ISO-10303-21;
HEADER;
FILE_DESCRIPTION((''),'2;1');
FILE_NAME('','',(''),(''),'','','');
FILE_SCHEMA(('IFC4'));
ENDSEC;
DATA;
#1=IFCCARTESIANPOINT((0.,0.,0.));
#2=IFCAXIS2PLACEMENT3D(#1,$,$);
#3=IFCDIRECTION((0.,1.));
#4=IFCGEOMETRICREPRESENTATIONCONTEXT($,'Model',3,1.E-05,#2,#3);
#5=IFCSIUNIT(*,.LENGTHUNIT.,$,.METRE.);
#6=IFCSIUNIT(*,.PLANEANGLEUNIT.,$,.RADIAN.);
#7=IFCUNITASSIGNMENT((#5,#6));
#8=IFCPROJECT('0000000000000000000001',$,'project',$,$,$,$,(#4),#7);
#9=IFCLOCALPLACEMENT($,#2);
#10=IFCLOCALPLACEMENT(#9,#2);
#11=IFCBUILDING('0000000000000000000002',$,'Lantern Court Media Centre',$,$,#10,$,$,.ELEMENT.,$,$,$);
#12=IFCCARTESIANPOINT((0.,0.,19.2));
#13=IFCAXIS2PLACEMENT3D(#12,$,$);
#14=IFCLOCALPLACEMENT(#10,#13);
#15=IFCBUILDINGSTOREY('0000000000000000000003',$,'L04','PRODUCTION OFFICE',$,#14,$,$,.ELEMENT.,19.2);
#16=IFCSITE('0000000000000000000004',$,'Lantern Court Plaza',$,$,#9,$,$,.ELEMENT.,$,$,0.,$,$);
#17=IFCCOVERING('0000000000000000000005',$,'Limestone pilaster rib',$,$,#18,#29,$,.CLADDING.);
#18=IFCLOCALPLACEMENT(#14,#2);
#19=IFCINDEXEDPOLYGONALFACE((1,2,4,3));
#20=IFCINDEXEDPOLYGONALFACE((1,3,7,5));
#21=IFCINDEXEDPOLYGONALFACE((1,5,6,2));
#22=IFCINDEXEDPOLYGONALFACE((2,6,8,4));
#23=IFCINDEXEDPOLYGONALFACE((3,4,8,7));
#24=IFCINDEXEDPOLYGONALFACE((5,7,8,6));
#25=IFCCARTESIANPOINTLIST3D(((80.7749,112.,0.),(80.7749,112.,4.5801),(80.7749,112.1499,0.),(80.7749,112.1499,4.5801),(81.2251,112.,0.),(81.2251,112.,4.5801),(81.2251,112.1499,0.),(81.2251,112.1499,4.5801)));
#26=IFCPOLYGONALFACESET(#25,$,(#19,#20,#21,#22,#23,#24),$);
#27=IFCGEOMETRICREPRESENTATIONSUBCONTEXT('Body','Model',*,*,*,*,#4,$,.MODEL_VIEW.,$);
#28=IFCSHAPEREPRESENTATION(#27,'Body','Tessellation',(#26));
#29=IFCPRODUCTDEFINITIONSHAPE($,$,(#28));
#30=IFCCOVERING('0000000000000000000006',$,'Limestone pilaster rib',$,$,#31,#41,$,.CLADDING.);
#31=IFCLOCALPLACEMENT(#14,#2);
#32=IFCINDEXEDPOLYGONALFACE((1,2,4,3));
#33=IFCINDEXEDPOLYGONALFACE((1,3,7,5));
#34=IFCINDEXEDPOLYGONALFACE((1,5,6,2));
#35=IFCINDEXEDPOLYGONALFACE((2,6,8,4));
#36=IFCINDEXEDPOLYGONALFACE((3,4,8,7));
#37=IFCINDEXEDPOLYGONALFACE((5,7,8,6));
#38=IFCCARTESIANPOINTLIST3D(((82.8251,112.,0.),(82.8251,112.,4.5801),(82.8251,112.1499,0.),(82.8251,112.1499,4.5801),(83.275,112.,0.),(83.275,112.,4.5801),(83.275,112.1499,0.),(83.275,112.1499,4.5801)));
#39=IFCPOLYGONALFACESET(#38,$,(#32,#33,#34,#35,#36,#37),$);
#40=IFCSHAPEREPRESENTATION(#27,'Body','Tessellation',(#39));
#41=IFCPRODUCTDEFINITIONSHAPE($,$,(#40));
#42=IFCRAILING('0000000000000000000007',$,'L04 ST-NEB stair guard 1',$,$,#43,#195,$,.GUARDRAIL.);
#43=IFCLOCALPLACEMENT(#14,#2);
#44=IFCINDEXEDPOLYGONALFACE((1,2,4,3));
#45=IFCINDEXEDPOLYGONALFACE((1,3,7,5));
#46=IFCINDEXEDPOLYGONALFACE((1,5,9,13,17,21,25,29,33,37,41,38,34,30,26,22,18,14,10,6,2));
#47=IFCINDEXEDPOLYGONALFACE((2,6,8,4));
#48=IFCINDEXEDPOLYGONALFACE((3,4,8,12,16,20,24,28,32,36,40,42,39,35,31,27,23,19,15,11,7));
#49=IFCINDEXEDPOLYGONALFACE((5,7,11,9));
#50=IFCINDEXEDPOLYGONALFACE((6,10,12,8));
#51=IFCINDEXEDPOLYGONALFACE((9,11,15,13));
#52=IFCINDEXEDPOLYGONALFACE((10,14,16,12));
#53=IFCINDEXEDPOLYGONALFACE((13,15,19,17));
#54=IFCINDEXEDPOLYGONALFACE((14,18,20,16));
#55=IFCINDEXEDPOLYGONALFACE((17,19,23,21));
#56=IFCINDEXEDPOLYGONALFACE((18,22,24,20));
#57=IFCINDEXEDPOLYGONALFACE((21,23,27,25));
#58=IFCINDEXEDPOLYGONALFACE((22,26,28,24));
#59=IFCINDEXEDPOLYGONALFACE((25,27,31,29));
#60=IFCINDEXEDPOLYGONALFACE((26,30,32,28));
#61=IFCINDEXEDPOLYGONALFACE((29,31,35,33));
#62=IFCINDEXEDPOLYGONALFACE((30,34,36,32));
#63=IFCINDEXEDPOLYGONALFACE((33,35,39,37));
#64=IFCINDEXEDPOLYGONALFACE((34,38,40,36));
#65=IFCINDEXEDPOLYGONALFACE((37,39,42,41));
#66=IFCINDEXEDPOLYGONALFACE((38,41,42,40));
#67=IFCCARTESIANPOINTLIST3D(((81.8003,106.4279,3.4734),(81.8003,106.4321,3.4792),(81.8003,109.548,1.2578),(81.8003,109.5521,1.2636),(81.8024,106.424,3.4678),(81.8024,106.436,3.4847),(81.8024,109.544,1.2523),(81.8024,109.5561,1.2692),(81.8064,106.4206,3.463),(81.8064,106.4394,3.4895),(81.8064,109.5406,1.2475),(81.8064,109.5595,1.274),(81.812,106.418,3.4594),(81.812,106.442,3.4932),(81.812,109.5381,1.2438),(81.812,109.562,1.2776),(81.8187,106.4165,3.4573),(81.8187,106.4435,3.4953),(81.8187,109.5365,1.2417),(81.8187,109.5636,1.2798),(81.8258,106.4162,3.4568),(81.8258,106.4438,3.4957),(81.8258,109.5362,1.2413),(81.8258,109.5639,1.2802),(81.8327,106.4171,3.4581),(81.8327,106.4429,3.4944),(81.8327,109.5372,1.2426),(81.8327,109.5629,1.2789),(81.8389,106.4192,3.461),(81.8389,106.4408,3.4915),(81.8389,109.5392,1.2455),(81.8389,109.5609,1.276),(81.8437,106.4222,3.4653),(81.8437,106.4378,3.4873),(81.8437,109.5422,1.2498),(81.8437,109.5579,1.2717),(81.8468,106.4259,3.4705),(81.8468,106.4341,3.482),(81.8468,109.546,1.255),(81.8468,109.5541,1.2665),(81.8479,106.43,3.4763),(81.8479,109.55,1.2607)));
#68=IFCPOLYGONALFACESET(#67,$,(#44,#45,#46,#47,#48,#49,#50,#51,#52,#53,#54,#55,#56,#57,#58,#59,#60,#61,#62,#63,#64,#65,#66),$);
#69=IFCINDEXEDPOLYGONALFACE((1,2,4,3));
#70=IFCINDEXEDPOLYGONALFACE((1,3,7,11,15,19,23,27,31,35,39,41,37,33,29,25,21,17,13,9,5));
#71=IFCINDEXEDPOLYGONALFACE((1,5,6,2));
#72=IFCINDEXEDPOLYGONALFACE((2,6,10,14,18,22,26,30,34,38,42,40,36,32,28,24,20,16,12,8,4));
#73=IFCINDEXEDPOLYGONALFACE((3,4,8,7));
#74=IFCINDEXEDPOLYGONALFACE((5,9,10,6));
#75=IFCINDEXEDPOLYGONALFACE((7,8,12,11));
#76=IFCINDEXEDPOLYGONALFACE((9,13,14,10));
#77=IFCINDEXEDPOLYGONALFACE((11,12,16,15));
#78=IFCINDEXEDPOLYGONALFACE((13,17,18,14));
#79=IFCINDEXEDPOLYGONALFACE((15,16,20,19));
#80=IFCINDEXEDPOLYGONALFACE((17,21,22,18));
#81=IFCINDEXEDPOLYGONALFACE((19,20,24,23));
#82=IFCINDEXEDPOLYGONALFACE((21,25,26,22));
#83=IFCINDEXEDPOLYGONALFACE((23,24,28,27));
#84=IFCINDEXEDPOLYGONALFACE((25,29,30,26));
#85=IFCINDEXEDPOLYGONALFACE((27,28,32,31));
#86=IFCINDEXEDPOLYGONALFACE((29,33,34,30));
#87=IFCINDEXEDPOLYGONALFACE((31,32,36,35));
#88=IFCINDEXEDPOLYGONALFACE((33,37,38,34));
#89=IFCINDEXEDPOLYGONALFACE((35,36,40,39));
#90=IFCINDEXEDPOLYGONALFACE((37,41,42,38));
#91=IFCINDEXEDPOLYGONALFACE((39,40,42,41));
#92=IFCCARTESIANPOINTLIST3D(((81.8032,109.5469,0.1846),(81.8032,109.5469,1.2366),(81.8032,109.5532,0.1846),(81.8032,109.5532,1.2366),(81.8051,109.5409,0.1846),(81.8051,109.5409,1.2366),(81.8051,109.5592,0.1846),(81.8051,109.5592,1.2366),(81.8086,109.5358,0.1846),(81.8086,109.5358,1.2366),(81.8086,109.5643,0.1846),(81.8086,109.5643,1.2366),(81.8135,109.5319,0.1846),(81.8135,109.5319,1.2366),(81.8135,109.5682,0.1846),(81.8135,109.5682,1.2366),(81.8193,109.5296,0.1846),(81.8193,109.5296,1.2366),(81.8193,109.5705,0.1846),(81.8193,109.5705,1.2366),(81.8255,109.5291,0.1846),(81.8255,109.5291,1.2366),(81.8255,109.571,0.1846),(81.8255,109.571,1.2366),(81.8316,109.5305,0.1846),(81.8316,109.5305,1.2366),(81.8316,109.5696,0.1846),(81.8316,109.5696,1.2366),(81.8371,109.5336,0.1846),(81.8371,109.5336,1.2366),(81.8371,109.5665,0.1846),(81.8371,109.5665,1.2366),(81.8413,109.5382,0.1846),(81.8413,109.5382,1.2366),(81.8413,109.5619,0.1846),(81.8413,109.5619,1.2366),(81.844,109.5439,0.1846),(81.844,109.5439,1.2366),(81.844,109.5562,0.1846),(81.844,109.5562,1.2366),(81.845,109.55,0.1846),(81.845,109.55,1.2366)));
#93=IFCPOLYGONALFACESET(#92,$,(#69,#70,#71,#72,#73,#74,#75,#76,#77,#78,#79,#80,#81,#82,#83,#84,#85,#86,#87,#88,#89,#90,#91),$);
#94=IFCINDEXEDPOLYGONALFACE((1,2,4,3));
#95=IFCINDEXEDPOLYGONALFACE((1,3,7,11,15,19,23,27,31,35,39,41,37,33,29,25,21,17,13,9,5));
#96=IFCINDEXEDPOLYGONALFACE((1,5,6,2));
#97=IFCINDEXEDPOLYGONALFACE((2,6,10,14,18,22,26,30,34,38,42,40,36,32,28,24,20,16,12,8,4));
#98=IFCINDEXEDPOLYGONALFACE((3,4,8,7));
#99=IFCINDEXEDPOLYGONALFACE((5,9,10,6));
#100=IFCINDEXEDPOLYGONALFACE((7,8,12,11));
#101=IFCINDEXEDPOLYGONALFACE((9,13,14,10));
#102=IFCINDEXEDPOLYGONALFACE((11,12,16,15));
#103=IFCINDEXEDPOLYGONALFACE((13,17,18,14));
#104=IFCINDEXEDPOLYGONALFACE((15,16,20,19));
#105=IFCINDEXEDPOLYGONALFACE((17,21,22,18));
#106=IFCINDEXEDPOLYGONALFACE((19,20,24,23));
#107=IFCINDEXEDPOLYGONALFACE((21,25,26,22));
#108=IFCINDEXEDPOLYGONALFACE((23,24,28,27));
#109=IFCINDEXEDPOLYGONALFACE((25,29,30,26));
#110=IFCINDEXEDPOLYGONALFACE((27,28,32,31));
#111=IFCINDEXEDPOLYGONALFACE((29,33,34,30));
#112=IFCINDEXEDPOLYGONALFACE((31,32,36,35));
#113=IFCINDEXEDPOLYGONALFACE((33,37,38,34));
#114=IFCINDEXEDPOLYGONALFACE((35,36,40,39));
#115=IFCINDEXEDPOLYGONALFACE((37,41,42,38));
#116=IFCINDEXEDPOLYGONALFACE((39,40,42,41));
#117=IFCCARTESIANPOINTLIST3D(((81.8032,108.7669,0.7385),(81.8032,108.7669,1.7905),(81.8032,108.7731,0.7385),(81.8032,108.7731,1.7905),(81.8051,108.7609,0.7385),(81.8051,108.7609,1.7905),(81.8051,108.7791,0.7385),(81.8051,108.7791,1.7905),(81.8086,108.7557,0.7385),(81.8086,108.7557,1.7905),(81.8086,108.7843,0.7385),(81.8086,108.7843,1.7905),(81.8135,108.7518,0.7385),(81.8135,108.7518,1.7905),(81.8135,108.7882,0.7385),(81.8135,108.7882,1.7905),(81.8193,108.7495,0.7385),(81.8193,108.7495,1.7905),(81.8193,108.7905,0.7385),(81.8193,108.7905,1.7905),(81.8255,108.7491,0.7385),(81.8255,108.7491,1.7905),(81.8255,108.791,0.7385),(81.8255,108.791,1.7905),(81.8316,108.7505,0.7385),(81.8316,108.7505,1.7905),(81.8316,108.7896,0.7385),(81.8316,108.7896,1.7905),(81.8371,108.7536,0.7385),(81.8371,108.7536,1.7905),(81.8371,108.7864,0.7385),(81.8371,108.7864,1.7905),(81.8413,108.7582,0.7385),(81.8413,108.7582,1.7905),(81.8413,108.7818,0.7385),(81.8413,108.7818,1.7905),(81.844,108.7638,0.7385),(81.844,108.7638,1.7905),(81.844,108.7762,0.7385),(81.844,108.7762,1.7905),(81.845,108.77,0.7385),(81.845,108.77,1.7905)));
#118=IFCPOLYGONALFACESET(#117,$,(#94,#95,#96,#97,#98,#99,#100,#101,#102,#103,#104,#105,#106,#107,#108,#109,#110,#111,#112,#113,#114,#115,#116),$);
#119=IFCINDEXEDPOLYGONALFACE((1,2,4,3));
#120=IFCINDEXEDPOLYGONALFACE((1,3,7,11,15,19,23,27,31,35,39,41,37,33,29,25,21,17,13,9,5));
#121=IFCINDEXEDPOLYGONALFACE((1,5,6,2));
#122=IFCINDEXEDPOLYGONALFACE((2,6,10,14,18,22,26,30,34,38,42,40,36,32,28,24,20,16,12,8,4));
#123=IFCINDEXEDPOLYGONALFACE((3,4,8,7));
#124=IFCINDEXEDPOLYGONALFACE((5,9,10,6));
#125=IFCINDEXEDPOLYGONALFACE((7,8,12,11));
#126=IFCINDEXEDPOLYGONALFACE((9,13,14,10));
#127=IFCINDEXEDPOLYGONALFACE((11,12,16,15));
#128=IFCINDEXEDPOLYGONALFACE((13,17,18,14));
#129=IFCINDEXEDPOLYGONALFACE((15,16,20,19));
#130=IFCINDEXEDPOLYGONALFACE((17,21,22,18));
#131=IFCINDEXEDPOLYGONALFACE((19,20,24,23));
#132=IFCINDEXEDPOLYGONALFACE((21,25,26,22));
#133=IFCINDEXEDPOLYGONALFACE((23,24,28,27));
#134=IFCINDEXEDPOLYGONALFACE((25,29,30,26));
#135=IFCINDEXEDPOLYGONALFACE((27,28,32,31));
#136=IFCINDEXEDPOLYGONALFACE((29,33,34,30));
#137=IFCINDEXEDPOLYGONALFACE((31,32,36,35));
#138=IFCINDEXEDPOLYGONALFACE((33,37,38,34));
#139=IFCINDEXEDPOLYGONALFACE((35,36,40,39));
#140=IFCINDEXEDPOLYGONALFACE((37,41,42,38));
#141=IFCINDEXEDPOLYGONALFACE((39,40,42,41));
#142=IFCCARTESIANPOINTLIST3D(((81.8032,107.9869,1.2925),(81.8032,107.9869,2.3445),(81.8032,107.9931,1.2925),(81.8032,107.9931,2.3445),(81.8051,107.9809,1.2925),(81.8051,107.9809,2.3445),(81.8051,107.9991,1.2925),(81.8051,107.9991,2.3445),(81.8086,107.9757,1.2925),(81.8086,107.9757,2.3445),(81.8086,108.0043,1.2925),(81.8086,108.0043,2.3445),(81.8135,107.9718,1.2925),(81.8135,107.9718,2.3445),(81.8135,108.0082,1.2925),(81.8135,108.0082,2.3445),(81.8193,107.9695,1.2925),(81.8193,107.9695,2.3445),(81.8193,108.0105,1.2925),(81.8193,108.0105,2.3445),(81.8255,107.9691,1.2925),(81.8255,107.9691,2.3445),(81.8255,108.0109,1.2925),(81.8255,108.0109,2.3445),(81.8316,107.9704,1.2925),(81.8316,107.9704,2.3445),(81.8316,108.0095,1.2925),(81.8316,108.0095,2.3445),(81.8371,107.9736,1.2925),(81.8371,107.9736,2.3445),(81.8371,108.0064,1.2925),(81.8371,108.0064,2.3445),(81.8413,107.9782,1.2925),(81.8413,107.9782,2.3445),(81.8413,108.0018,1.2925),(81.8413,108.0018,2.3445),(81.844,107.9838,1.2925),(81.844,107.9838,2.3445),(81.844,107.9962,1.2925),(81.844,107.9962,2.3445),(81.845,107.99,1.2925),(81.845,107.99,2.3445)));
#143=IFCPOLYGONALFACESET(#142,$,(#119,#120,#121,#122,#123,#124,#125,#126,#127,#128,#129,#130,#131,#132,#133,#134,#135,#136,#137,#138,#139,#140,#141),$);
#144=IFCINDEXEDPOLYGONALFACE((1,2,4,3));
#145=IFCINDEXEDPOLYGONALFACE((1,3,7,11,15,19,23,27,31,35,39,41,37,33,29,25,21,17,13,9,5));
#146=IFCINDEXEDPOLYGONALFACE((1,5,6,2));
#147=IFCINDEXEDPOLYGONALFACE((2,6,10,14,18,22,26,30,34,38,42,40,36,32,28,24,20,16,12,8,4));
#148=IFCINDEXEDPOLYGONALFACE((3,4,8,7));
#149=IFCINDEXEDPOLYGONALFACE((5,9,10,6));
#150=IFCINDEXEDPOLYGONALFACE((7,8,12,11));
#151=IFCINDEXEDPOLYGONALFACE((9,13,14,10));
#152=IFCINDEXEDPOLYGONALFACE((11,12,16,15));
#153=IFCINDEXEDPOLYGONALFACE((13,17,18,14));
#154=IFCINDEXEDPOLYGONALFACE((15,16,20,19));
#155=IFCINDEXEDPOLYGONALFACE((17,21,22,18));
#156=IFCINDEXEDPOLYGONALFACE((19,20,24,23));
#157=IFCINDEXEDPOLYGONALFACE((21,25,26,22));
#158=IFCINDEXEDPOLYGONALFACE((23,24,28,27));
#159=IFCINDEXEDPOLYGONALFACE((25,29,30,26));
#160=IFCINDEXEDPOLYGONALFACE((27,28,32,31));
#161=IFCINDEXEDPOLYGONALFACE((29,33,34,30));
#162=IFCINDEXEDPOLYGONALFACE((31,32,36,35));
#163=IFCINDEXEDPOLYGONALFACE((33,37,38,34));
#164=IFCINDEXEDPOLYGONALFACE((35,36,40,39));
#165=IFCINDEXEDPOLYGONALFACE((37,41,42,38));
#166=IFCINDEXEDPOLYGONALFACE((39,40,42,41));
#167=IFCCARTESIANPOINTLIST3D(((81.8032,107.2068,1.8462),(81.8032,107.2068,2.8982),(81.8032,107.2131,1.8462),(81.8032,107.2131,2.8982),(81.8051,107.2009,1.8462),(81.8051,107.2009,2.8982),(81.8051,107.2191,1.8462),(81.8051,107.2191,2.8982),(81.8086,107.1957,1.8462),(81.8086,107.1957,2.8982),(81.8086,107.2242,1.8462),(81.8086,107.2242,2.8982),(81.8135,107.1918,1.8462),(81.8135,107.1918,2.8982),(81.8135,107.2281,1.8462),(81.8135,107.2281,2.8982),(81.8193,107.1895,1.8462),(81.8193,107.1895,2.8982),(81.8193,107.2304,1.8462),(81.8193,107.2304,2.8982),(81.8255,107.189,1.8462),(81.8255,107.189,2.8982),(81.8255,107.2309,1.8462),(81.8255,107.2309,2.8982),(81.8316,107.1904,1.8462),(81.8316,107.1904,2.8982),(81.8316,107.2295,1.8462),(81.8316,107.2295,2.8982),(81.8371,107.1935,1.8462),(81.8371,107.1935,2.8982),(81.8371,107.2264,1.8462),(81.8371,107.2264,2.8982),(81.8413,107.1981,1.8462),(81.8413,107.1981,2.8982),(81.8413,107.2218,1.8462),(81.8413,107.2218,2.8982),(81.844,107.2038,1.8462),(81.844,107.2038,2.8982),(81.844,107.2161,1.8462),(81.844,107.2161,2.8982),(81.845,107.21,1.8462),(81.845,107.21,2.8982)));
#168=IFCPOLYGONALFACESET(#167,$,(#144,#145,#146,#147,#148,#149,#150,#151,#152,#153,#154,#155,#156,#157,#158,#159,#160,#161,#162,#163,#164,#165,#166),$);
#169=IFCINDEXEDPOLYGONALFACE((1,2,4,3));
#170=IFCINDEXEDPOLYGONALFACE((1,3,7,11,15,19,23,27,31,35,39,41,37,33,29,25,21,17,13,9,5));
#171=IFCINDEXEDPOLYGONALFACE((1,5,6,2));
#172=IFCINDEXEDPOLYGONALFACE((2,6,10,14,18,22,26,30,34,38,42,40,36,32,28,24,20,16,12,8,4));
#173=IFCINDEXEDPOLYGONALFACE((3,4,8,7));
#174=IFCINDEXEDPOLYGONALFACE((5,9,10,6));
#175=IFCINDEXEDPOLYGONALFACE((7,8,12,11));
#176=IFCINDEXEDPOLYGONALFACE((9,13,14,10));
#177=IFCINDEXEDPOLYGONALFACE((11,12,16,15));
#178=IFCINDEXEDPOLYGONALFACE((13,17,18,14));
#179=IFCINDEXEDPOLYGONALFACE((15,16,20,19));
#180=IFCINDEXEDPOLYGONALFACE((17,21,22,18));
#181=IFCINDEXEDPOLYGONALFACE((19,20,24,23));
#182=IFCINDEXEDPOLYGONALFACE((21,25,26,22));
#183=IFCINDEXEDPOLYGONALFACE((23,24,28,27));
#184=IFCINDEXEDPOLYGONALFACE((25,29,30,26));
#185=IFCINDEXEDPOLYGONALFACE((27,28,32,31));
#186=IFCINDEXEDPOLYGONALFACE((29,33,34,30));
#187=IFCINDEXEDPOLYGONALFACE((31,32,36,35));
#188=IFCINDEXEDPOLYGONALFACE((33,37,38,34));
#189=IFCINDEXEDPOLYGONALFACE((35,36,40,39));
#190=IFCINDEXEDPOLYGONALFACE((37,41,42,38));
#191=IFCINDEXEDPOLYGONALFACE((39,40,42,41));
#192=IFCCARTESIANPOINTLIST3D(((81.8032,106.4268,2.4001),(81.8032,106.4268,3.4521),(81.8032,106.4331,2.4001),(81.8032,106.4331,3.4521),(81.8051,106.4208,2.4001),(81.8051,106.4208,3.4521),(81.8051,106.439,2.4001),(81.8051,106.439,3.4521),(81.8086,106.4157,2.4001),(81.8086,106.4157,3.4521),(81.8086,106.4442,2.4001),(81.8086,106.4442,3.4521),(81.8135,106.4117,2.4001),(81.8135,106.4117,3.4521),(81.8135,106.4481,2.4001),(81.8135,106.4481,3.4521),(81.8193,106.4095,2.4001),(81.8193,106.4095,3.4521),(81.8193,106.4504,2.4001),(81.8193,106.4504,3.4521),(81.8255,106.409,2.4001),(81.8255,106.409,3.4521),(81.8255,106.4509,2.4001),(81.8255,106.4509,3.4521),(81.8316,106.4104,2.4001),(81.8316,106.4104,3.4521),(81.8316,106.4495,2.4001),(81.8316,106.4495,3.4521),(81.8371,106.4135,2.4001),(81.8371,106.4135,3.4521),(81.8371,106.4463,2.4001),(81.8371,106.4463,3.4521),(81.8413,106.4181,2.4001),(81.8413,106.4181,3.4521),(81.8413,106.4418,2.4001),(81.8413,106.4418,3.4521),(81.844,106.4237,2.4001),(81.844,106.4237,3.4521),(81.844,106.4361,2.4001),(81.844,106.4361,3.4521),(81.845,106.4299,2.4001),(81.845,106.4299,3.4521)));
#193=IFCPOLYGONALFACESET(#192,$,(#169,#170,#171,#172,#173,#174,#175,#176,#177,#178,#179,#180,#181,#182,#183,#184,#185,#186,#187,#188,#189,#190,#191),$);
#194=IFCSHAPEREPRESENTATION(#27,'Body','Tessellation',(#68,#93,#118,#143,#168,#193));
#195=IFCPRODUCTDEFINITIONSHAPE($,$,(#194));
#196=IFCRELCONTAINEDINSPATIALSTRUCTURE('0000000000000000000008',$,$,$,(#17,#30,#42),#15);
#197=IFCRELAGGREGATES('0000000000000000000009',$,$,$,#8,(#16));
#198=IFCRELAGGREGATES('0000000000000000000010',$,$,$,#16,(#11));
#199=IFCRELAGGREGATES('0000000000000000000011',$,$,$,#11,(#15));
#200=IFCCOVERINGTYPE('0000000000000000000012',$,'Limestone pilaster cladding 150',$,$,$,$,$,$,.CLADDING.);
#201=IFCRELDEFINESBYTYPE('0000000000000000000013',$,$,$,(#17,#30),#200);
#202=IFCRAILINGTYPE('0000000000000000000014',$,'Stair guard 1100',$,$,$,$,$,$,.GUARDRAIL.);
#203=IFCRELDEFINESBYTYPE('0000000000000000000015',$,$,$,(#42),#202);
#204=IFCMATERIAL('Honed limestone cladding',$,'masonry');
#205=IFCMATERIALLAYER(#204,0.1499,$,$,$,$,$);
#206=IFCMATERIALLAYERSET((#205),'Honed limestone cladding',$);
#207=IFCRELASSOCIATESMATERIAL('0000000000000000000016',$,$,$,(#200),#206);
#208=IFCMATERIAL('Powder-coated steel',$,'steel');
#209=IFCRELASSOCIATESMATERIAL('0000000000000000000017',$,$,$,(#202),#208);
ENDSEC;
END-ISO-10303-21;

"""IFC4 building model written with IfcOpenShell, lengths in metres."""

from ifc_helpers import new_model, si_unit, direction, frame, frame_2d, origin, origin_2d, place, context, subcontext, project, spatial, rectangle, circle, extrude, material, layer, layer_set, type_object, element, save


model = new_model("IFC4")

# Units and contexts
model_context = context("Model", 3, precision=1e-05, world=origin(), true_north=direction((0.0, 1.0)))
body_context = subcontext(model_context, "Body", "Model", "MODEL_VIEW")
ifc_project = project(units=[si_unit("LENGTHUNIT", "METRE"), si_unit("PLANEANGLEUNIT", "RADIAN")], contexts=[model_context])

# Site, building, storey
site_placement = place(None, origin())
site = spatial("IfcSite", under=ifc_project, at=site_placement, Name="Lantern Court Plaza", CompositionType="ELEMENT", RefElevation=0.0)
building_placement = place(site_placement, origin())
building = spatial("IfcBuilding", under=site, at=building_placement, Name="Lantern Court Media Centre", CompositionType="ELEMENT")
storey_placement = place(building_placement, frame((0.0, 0.0, 19.2)))
storey = spatial("IfcBuildingStorey", under=building, at=storey_placement, Name="L04", Description="PRODUCTION OFFICE", CompositionType="ELEMENT", Elevation=19.2)

# Shared definitions
ifc_material_1 = material(Name="Powder-coated steel", Category="steel")

# Coverings
ifc_material_2 = material(Name="Honed limestone cladding", Category="masonry")
ifc_layer_1 = layer(ifc_material_2, 0.1499)
ifc_layer_set_1 = layer_set([ifc_layer_1], Name="Honed limestone cladding")
covering_type = type_object("IfcCoveringType", Name="Limestone pilaster cladding 150", PredefinedType="CLADDING", material=ifc_layer_set_1)
covering_1_placement = place(storey_placement, frame((80.7749, 112.075, 0.0), z_axis=(0.0, 0.0, 1.0), x_axis=(1.0, 0.0, 0.0)))
element("IfcCovering", 1, at=covering_1_placement, inside=storey, type_object=covering_type, Name="Limestone pilaster rib", PredefinedType="CLADDING", context=body_context, shape_type="SweptSolid", body=[
    extrude(rectangle(XDim=0.4502, YDim=0.1499, at=frame_2d((0.2251, 0.0))), origin(), (0.0, 0.0, 1.0), 4.5801),
])
covering_2_placement = place(storey_placement, frame((82.825, 112.075, 0.0), z_axis=(0.0, 0.0, 1.0), x_axis=(1.0, 0.0, 0.0)))
element("IfcCovering", 2, at=covering_2_placement, inside=storey, type_object=covering_type, Name="Limestone pilaster rib", PredefinedType="CLADDING", context=body_context, shape_type="SweptSolid", body=[
    extrude(rectangle(XDim=0.45, YDim=0.1499, at=frame_2d((0.2251, 0.0))), origin(), (0.0, 0.0, 1.0), 4.5801),
])

# Railing
railing_type_1 = type_object("IfcRailingType", Name="Stair guard 1100", PredefinedType="GUARDRAIL", material=ifc_material_1)
railing_1_placement = place(storey_placement, frame((81.824, 109.55, 0.1846)))
element("IfcRailing", 3, at=railing_1_placement, inside=storey, type_object=railing_type_1, Name="L04 ST-NEB stair guard 1", PredefinedType="GUARDRAIL", context=body_context, shape_type="SweptSolid", body=[
    extrude(circle(Radius=0.0239, at=origin_2d()), frame((0.0, 0.0, 1.0762), z_axis=(0.0, -0.815347, 0.578973), x_axis=(1.0, 0.0, 0.0)), (0.0, 0.0, 1.0), 3.8267),
    extrude(circle(Radius=0.021, at=origin_2d()), origin(), (0.0, 0.0, 1.0), 1.052),
    extrude(circle(Radius=0.021, at=origin_2d()), frame((0.0, -0.78, 0.554)), (0.0, 0.0, 1.0), 1.052),
    extrude(circle(Radius=0.021, at=origin_2d()), frame((0.0, -1.5601, 1.1079)), (0.0, 0.0, 1.0), 1.052),
    extrude(circle(Radius=0.021, at=origin_2d()), frame((0.0, -2.3401, 1.6616)), (0.0, 0.0, 1.0), 1.052),
    extrude(circle(Radius=0.021, at=origin_2d()), frame((0.0, -3.1201, 2.2156)), (0.0, 0.0, 1.0), 1.052),
])

save(model, "model.ifc")
